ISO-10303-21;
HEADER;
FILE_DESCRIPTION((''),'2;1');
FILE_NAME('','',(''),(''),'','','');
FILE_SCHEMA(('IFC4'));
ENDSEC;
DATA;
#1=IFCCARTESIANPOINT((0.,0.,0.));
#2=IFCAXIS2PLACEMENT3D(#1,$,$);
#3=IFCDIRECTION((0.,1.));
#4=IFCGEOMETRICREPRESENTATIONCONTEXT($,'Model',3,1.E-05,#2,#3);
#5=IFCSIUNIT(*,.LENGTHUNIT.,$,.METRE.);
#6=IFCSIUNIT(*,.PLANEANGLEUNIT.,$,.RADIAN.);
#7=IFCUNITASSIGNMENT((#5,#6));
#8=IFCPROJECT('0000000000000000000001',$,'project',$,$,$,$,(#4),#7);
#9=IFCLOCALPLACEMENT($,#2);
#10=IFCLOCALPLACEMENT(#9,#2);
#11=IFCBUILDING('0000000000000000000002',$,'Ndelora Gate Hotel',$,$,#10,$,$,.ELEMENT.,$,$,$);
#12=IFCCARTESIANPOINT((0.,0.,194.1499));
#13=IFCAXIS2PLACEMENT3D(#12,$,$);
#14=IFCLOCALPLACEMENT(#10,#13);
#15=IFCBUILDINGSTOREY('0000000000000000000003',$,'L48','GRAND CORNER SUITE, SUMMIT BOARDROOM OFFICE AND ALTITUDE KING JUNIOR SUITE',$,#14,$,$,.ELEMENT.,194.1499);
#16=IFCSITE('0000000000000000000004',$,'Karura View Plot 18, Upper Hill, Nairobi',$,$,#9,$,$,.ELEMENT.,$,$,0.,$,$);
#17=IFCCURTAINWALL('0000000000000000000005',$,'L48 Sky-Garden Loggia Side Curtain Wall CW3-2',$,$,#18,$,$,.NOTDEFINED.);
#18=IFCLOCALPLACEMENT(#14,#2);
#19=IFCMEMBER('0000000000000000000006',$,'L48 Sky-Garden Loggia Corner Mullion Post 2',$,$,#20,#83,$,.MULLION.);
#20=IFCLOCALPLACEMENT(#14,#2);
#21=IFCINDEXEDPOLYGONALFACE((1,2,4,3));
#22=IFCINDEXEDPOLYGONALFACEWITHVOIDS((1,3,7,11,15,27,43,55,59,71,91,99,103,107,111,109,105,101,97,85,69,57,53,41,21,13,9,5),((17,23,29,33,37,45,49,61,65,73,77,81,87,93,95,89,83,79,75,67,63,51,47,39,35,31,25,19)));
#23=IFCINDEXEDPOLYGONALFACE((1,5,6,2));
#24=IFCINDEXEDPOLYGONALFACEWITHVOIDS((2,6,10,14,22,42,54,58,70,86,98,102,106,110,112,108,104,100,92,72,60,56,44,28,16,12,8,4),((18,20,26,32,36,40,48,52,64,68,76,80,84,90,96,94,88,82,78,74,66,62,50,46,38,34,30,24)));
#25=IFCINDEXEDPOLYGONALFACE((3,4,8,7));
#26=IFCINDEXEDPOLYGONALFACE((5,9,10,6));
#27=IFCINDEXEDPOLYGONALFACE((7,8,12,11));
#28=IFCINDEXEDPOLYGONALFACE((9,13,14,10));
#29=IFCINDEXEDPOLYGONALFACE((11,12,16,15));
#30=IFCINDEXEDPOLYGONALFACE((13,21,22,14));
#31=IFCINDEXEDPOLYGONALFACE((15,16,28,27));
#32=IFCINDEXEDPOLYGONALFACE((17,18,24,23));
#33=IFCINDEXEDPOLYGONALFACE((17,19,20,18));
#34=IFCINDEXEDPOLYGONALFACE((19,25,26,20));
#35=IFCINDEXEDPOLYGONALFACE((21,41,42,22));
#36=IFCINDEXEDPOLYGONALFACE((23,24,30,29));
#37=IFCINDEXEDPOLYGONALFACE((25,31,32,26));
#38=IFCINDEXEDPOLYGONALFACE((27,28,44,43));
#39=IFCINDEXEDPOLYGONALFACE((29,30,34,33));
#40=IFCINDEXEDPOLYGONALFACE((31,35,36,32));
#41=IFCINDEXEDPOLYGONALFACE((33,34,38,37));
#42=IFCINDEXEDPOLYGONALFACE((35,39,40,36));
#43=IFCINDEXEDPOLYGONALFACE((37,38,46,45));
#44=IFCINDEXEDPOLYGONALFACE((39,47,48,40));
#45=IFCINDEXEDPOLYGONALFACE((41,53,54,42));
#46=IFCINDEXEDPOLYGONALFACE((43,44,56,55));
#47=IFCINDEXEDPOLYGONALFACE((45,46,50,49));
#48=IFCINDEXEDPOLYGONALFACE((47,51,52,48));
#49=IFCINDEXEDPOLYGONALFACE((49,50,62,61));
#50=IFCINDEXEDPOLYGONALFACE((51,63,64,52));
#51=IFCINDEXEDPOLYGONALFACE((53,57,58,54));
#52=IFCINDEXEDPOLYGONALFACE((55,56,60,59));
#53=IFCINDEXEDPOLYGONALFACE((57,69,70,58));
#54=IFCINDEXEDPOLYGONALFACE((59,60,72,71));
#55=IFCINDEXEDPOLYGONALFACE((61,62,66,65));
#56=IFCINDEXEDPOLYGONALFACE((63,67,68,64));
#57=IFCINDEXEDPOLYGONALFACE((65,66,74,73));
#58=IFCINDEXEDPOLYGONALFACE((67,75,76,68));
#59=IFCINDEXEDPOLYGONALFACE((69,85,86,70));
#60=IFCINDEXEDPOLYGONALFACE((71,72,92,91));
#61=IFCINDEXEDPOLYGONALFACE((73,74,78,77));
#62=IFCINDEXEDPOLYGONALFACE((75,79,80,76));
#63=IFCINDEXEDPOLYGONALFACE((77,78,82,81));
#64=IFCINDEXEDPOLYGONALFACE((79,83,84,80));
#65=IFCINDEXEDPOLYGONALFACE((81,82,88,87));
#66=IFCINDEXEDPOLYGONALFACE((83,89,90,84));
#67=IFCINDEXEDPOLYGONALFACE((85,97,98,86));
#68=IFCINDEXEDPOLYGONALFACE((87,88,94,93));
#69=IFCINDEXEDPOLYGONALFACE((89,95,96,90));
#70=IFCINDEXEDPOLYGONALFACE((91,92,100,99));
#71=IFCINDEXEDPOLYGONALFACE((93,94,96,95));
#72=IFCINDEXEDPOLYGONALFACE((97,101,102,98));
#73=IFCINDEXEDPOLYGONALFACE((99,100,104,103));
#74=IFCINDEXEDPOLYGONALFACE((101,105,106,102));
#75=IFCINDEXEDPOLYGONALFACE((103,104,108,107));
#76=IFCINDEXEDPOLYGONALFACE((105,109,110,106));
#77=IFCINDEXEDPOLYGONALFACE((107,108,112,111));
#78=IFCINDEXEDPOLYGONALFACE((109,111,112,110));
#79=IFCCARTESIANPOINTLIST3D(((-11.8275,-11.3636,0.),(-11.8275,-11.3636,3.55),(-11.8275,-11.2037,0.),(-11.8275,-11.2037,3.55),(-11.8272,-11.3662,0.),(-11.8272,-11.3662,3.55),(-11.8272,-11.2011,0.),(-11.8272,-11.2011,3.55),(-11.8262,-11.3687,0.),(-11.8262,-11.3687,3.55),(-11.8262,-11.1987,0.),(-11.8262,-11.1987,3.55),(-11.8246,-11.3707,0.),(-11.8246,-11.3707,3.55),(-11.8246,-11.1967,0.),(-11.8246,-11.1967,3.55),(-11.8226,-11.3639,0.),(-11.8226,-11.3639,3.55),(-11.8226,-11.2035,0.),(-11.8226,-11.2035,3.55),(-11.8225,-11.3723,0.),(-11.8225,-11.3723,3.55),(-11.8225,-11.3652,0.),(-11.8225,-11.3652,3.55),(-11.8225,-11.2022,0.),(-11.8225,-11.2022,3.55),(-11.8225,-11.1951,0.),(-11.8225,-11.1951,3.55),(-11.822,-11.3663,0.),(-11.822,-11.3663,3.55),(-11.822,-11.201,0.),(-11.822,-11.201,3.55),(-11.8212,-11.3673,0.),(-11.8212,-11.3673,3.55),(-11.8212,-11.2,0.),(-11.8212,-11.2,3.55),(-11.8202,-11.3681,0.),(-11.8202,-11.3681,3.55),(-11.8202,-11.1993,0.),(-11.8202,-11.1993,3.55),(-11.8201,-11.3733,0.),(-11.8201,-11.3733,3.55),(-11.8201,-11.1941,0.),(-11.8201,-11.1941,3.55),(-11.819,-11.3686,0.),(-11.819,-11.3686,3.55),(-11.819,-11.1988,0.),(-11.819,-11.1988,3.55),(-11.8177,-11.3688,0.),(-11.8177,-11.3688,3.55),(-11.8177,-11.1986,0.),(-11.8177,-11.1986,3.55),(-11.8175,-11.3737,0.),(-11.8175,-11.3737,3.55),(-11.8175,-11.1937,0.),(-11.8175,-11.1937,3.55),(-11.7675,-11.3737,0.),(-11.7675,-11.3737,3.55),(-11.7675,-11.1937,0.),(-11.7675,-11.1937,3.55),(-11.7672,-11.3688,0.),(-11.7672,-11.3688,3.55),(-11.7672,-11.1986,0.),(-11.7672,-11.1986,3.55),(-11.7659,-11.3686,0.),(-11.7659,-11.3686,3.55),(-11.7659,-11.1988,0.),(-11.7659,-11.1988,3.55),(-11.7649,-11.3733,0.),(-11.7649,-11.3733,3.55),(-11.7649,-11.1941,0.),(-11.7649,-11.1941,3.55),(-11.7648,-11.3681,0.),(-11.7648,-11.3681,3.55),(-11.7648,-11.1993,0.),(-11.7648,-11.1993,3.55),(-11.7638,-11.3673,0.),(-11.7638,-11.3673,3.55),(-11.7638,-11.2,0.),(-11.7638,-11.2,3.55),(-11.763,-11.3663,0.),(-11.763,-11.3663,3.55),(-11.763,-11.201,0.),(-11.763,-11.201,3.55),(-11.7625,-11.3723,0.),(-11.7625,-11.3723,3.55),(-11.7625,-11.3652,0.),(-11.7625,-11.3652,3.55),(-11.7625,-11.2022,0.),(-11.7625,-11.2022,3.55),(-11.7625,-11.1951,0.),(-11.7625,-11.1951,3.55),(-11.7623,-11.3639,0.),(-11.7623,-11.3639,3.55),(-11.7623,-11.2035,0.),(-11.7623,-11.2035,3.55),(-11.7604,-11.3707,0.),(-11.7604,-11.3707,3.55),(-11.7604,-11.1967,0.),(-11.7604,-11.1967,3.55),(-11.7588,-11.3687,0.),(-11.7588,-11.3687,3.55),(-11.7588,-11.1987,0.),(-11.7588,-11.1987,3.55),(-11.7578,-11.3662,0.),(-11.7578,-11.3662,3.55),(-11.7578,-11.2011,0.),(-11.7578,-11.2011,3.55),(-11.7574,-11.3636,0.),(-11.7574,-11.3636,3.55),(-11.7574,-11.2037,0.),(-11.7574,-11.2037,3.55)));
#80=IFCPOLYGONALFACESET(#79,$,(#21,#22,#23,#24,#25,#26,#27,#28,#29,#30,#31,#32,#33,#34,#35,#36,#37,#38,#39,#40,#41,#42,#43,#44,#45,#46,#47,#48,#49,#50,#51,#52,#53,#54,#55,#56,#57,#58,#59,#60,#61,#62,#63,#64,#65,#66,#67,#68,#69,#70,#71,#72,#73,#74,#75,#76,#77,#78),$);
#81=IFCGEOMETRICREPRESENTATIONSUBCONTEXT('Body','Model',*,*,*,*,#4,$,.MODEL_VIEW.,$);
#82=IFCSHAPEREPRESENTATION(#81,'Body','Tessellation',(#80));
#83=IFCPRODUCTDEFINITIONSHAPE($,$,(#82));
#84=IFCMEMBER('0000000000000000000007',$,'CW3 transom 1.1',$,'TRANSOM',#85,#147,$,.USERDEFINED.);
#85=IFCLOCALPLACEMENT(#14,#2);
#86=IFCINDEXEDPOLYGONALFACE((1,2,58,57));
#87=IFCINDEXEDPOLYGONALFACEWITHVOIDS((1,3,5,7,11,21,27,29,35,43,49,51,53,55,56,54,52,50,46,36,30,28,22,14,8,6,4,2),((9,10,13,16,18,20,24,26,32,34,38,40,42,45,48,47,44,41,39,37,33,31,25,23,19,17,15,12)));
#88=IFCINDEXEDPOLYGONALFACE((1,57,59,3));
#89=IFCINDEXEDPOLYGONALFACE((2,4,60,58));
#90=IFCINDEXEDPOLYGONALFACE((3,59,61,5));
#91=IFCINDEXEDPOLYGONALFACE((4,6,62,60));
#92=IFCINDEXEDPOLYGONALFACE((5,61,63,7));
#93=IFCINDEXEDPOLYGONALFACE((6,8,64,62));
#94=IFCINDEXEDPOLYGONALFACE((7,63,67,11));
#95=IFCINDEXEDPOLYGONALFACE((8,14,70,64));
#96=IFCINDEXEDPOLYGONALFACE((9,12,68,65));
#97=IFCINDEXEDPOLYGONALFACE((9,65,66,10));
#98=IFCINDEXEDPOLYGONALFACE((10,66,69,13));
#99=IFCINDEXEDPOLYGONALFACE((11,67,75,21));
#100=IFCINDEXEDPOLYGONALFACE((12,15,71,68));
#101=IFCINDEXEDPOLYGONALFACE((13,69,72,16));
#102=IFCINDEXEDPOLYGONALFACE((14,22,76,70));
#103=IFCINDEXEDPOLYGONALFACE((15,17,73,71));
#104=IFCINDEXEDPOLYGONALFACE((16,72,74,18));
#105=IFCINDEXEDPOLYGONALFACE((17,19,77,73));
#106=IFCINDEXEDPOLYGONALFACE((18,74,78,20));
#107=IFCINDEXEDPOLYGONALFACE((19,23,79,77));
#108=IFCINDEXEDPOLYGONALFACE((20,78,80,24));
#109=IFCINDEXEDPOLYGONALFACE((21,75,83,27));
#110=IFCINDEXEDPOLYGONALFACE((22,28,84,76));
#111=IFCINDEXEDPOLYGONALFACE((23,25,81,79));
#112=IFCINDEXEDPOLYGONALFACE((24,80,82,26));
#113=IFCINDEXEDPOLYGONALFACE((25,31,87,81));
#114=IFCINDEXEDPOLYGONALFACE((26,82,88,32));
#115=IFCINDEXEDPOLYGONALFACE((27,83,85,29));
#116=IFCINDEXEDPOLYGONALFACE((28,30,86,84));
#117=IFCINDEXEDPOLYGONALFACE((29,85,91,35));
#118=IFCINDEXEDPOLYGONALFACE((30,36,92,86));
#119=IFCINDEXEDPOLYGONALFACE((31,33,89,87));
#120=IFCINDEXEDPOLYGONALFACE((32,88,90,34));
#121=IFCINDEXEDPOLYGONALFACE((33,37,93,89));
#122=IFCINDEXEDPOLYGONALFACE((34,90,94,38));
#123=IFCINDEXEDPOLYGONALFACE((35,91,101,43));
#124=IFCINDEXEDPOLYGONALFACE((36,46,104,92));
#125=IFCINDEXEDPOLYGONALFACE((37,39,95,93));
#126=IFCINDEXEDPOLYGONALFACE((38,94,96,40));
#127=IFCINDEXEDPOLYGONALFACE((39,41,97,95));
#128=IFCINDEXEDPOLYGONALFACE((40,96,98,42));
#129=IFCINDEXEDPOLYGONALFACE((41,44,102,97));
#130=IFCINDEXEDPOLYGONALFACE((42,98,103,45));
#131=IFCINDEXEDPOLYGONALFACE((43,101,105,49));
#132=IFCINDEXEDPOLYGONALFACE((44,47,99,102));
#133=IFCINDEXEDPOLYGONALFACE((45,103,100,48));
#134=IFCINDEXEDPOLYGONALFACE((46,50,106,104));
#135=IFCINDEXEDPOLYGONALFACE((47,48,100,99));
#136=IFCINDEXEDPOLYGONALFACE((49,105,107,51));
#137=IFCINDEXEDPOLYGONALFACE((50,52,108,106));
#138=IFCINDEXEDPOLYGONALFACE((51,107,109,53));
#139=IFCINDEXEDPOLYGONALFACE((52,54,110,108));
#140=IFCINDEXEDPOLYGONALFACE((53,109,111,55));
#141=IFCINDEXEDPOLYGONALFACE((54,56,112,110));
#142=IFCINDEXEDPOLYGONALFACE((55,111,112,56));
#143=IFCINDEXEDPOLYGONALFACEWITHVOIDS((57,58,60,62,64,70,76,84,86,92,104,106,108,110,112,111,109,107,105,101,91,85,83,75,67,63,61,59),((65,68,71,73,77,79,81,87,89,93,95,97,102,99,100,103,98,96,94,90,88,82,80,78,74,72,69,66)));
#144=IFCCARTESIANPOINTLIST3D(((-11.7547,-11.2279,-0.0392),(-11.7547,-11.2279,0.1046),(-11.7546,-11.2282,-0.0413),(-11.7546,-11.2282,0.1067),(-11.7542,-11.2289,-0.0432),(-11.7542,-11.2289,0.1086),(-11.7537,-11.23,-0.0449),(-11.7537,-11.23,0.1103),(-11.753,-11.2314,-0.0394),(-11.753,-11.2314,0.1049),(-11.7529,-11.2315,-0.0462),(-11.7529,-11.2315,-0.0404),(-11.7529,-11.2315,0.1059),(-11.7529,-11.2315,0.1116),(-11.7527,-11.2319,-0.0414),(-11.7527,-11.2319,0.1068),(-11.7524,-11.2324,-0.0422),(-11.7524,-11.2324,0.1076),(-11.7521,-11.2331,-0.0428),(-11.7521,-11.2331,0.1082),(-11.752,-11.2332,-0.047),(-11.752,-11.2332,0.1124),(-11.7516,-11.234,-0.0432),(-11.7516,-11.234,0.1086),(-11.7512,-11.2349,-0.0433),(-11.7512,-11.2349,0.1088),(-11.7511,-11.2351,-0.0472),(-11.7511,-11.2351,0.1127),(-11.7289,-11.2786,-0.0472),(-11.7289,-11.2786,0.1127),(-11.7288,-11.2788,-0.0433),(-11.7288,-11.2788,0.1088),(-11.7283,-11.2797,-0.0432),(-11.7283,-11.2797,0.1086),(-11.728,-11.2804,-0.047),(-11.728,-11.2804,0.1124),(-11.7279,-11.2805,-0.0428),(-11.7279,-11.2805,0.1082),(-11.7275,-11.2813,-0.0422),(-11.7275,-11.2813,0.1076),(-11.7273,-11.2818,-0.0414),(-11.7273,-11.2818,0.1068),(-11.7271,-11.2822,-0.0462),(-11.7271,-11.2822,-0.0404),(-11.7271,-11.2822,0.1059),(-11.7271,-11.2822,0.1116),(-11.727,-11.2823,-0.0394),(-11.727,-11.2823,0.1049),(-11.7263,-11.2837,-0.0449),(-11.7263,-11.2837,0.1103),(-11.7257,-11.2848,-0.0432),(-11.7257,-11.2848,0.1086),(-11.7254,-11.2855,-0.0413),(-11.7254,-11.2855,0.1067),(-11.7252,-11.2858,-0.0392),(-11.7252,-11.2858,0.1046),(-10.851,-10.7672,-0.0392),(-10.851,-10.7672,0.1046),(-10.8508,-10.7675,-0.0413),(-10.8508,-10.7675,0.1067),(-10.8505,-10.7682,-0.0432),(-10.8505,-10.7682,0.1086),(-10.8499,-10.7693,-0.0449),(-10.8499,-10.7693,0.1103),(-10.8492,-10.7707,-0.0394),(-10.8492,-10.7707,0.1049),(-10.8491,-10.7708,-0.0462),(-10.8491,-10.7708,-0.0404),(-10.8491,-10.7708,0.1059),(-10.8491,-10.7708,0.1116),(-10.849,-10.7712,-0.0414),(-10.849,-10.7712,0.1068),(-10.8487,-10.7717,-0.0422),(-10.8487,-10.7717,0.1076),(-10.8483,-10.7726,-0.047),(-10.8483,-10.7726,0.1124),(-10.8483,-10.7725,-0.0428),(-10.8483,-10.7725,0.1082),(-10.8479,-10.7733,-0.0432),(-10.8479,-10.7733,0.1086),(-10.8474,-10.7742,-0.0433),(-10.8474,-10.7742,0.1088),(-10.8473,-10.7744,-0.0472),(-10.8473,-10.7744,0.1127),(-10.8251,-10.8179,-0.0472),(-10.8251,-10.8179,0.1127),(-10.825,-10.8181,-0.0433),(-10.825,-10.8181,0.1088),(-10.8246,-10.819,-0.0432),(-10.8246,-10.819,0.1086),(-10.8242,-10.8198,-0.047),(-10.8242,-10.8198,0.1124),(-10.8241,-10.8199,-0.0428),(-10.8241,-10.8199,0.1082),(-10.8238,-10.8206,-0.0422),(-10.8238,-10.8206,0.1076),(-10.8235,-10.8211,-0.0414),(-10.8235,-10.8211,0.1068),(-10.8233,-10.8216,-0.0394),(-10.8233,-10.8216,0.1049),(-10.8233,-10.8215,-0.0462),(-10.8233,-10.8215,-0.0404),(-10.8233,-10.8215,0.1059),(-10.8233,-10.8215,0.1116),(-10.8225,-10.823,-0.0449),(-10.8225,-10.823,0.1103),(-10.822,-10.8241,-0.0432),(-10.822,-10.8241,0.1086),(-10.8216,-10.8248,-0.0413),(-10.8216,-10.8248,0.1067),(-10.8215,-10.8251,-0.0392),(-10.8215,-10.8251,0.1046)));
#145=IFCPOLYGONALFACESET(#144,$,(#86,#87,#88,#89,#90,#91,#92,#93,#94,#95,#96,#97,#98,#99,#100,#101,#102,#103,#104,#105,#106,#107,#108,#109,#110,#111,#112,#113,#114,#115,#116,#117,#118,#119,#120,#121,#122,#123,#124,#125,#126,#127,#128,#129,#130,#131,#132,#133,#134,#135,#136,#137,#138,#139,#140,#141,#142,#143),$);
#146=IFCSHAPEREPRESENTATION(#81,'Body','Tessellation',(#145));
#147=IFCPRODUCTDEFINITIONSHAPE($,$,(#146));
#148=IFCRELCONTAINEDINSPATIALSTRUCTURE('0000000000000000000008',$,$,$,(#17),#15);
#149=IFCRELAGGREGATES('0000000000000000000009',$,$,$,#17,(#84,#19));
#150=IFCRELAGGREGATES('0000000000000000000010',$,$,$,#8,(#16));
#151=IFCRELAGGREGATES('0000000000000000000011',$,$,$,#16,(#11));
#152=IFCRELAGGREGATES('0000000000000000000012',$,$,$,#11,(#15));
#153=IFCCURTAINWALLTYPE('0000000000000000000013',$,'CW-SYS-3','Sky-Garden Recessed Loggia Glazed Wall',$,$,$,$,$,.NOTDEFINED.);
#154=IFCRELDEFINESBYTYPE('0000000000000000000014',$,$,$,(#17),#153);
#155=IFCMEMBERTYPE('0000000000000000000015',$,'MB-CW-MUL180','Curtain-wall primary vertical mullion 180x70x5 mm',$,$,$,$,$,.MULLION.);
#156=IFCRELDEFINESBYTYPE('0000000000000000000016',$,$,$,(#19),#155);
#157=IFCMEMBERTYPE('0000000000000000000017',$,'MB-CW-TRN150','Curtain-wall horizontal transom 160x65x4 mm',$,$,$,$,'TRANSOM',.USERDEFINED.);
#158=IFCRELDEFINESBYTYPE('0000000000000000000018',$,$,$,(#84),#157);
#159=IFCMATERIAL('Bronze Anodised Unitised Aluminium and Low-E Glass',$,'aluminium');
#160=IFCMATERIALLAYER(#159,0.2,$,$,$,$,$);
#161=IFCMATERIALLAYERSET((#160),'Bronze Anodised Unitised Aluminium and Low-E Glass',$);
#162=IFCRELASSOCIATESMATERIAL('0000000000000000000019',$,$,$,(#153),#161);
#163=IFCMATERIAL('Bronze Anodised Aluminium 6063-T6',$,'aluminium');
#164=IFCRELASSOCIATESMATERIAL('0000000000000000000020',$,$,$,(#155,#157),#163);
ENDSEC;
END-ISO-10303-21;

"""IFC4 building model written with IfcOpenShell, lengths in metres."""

from ifc_helpers import new_model, si_unit, direction, frame, origin, origin_2d, place, context, subcontext, project, spatial, hollow_rectangle, extrude, material, layer, layer_set, material_profile, profile_set, type_object, element, aggregate, save


model = new_model("IFC4")

# Units and contexts
model_context = context("Model", 3, precision=1e-05, world=origin(), true_north=direction((0.0, 1.0)))
body_context = subcontext(model_context, "Body", "Model", "MODEL_VIEW")
ifc_project = project(units=[si_unit("LENGTHUNIT", "METRE"), si_unit("PLANEANGLEUNIT", "RADIAN")], contexts=[model_context])

# Site, building, storey
site_placement = place(None, origin())
site = spatial("IfcSite", under=ifc_project, at=site_placement, Name="Karura View Plot 18, Upper Hill, Nairobi", CompositionType="ELEMENT", RefElevation=0.0)
building_placement = place(site_placement, origin())
building = spatial("IfcBuilding", under=site, at=building_placement, Name="Ndelora Gate Hotel", CompositionType="ELEMENT")
storey_placement = place(building_placement, frame((0.0, 0.0, 194.1499)))
storey = spatial("IfcBuildingStorey", under=building, at=storey_placement, Name="L48", Description="GRAND CORNER SUITE, SUMMIT BOARDROOM OFFICE AND ALTITUDE KING JUNIOR SUITE", CompositionType="ELEMENT", Elevation=194.1499)

# Curtain wall, members
ifc_material_1 = material(Name="Bronze Anodised Unitised Aluminium and Low-E Glass", Category="aluminium")
ifc_layer_1 = layer(ifc_material_1, 0.2)
ifc_layer_set_1 = layer_set([ifc_layer_1], Name="Bronze Anodised Unitised Aluminium and Low-E Glass")
curtain_wall_type = type_object("IfcCurtainWallType", Name="CW-SYS-3", Description="Sky-Garden Recessed Loggia Glazed Wall", PredefinedType="NOTDEFINED", material=ifc_layer_set_1)
curtain_wall_placement = place(storey_placement, origin())
curtain_wall = element("IfcCurtainWall", 1, at=curtain_wall_placement, inside=storey, type_object=curtain_wall_type, Name="L48 Sky-Garden Loggia Side Curtain Wall CW3-2", PredefinedType="NOTDEFINED")
ifc_material_2 = material(Name="Bronze Anodised Aluminium 6063-T6", Category="aluminium")
ifc_material_profile_1 = material_profile(ifc_material_2, hollow_rectangle(XDim=0.0701, YDim=0.1799, WallThickness=0.0049, InnerFilletRadius=0.0049, OuterFilletRadius=0.01, at=origin_2d()), Name="ALU 180x70x5")
ifc_profile_set_1 = profile_set([ifc_material_profile_1], Name="Bronze Anodised Aluminium 6063-T6")
member_type_1 = type_object("IfcMemberType", Name="MB-CW-MUL180", Description="Curtain-wall primary vertical mullion 180x70x5 mm", PredefinedType="MULLION", material=ifc_profile_set_1)
member_1_placement = place(storey_placement, frame((-11.7925, -11.2837, 0.0), z_axis=(0.0, 0.0, 1.0), x_axis=(1.0, 0.0, 0.0)))
member_1 = element("IfcMember", 2, at=member_1_placement, type_object=member_type_1, Name="L48 Sky-Garden Loggia Corner Mullion Post 2", PredefinedType="MULLION", context=body_context, shape_type="SweptSolid", body=[
    extrude(hollow_rectangle(XDim=0.0701, YDim=0.1799, WallThickness=0.0049, InnerFilletRadius=0.0049, OuterFilletRadius=0.01, at=origin_2d()), origin(), (0.0, 0.0, 1.0), 3.55),
])
ifc_material_profile_2 = material_profile(ifc_material_2, hollow_rectangle(XDim=0.0649, YDim=0.1599, WallThickness=0.0039, InnerFilletRadius=0.0039, OuterFilletRadius=0.0081, at=origin_2d()), Name="ALU 160x65x4")
ifc_profile_set_2 = profile_set([ifc_material_profile_2], Name="Bronze Anodised Aluminium 6063-T6")
member_type_2 = type_object("IfcMemberType", Name="MB-CW-TRN150", Description="Curtain-wall horizontal transom 160x65x4 mm", ElementType="TRANSOM", PredefinedType="USERDEFINED", material=ifc_profile_set_2)
member_2_placement = place(storey_placement, frame((-11.74, -11.2568, 0.0327), z_axis=(0.890935, 0.454131, 0.0), x_axis=(-0.454131, 0.890935, 0.0)))
member_2 = element("IfcMember", 3, at=member_2_placement, type_object=member_type_2, Name="CW3 transom 1.1", ObjectType="TRANSOM", PredefinedType="USERDEFINED", context=body_context, shape_type="SweptSolid", body=[
    extrude(hollow_rectangle(XDim=0.0649, YDim=0.1599, WallThickness=0.0039, InnerFilletRadius=0.0039, OuterFilletRadius=0.0081, at=origin_2d()), origin(), (0.0, 0.0, 1.0), 1.0144),
])
aggregate(curtain_wall, [member_2, member_1])

save(model, "model.ifc")
